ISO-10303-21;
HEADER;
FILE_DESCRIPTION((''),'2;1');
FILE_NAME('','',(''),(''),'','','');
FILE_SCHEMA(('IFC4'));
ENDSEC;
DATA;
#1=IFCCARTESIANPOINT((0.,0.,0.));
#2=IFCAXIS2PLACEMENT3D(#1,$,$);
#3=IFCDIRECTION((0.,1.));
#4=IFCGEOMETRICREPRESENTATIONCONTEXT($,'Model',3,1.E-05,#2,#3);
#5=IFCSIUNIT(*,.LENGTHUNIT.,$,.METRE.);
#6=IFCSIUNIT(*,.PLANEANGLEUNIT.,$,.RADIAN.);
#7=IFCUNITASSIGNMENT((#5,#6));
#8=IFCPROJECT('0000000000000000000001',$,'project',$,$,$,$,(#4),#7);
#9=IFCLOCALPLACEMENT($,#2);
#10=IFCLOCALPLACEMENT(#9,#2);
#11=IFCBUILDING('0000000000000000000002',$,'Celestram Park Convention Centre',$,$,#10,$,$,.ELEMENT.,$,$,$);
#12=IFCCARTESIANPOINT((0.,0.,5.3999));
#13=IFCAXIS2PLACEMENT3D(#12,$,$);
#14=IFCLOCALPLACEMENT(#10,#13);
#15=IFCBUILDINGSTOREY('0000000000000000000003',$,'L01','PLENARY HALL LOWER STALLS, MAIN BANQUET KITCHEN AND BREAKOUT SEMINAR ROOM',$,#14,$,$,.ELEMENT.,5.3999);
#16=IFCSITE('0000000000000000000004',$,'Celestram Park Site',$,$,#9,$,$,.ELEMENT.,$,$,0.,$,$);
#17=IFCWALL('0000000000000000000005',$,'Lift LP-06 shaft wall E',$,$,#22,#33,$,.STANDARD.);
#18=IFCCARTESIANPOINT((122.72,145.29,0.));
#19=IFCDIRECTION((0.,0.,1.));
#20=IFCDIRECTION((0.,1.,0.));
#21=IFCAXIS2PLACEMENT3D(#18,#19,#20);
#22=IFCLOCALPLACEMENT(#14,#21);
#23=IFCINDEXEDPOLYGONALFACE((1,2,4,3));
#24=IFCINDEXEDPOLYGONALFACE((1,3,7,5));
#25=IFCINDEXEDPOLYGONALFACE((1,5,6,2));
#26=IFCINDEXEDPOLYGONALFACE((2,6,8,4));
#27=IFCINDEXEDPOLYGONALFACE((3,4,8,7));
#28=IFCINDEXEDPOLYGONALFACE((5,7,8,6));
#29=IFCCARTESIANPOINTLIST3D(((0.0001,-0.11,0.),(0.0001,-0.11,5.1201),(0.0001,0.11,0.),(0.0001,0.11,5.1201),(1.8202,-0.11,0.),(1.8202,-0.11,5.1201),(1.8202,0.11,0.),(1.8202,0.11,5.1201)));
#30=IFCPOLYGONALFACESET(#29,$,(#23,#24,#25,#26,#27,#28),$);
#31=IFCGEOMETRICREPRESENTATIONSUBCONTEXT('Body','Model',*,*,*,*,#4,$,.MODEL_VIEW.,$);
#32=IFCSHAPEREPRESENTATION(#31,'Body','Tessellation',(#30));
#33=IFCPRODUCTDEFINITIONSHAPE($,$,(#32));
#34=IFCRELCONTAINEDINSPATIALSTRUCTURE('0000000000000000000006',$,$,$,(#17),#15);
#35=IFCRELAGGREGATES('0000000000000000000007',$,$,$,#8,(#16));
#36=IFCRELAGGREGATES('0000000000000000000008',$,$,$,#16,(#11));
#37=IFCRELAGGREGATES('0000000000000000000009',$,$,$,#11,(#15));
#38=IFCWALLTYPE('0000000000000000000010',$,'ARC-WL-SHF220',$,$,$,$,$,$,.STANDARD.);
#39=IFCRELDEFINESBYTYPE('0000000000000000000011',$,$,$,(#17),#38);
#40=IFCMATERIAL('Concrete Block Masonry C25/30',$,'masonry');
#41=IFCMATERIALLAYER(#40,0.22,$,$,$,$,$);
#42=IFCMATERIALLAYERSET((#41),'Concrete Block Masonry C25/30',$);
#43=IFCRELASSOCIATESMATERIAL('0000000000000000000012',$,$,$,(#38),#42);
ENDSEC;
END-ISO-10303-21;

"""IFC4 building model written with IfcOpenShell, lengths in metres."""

from ifc_helpers import new_model, si_unit, direction, frame, frame_2d, origin, place, context, subcontext, project, spatial, rectangle, extrude, material, layer, layer_set, type_object, element, save


model = new_model("IFC4")

# Units and contexts
model_context = context("Model", 3, precision=1e-05, world=origin(), true_north=direction((0.0, 1.0)))
body_context = subcontext(model_context, "Body", "Model", "MODEL_VIEW")
ifc_project = project(units=[si_unit("LENGTHUNIT", "METRE"), si_unit("PLANEANGLEUNIT", "RADIAN")], contexts=[model_context])

# Site, building, storey
site_placement = place(None, origin())
site = spatial("IfcSite", under=ifc_project, at=site_placement, Name="Celestram Park Site", CompositionType="ELEMENT", RefElevation=0.0)
building_placement = place(site_placement, origin())
building = spatial("IfcBuilding", under=site, at=building_placement, Name="Celestram Park Convention Centre", CompositionType="ELEMENT")
storey_placement = place(building_placement, frame((0.0, 0.0, 5.3999)))
storey = spatial("IfcBuildingStorey", under=building, at=storey_placement, Name="L01", Description="PLENARY HALL LOWER STALLS, MAIN BANQUET KITCHEN AND BREAKOUT SEMINAR ROOM", CompositionType="ELEMENT", Elevation=5.3999)

# Shared definitions
ifc_material_1 = material(Name="Concrete Block Masonry C25/30", Category="masonry")

# Shared definitions
ifc_layer_1 = layer(ifc_material_1, 0.22)
ifc_layer_set_1 = layer_set([ifc_layer_1], Name="Concrete Block Masonry C25/30")
wall_type_1 = type_object("IfcWallType", Name="ARC-WL-SHF220", PredefinedType="STANDARD", material=ifc_layer_set_1)

# Wall
for number, where, z_axis, x_axis, name in (
    (1, (122.72, 145.29, 0.0), (0.0, 0.0, 1.0), (0.0, 1.0, 0.0), "Lift LP-06 shaft wall E"),
):
    element("IfcWall", number, at=place(storey_placement, frame(where, z_axis=z_axis, x_axis=x_axis)), inside=storey, type_object=wall_type_1, Name=name, PredefinedType="STANDARD", context=body_context, shape_type="SweptSolid", body=[
        extrude(rectangle(XDim=1.8201, YDim=0.22, at=frame_2d((0.9102, 0.0))), origin(), (0.0, 0.0, 1.0), 5.1201),
    ])

save(model, "model.ifc")
